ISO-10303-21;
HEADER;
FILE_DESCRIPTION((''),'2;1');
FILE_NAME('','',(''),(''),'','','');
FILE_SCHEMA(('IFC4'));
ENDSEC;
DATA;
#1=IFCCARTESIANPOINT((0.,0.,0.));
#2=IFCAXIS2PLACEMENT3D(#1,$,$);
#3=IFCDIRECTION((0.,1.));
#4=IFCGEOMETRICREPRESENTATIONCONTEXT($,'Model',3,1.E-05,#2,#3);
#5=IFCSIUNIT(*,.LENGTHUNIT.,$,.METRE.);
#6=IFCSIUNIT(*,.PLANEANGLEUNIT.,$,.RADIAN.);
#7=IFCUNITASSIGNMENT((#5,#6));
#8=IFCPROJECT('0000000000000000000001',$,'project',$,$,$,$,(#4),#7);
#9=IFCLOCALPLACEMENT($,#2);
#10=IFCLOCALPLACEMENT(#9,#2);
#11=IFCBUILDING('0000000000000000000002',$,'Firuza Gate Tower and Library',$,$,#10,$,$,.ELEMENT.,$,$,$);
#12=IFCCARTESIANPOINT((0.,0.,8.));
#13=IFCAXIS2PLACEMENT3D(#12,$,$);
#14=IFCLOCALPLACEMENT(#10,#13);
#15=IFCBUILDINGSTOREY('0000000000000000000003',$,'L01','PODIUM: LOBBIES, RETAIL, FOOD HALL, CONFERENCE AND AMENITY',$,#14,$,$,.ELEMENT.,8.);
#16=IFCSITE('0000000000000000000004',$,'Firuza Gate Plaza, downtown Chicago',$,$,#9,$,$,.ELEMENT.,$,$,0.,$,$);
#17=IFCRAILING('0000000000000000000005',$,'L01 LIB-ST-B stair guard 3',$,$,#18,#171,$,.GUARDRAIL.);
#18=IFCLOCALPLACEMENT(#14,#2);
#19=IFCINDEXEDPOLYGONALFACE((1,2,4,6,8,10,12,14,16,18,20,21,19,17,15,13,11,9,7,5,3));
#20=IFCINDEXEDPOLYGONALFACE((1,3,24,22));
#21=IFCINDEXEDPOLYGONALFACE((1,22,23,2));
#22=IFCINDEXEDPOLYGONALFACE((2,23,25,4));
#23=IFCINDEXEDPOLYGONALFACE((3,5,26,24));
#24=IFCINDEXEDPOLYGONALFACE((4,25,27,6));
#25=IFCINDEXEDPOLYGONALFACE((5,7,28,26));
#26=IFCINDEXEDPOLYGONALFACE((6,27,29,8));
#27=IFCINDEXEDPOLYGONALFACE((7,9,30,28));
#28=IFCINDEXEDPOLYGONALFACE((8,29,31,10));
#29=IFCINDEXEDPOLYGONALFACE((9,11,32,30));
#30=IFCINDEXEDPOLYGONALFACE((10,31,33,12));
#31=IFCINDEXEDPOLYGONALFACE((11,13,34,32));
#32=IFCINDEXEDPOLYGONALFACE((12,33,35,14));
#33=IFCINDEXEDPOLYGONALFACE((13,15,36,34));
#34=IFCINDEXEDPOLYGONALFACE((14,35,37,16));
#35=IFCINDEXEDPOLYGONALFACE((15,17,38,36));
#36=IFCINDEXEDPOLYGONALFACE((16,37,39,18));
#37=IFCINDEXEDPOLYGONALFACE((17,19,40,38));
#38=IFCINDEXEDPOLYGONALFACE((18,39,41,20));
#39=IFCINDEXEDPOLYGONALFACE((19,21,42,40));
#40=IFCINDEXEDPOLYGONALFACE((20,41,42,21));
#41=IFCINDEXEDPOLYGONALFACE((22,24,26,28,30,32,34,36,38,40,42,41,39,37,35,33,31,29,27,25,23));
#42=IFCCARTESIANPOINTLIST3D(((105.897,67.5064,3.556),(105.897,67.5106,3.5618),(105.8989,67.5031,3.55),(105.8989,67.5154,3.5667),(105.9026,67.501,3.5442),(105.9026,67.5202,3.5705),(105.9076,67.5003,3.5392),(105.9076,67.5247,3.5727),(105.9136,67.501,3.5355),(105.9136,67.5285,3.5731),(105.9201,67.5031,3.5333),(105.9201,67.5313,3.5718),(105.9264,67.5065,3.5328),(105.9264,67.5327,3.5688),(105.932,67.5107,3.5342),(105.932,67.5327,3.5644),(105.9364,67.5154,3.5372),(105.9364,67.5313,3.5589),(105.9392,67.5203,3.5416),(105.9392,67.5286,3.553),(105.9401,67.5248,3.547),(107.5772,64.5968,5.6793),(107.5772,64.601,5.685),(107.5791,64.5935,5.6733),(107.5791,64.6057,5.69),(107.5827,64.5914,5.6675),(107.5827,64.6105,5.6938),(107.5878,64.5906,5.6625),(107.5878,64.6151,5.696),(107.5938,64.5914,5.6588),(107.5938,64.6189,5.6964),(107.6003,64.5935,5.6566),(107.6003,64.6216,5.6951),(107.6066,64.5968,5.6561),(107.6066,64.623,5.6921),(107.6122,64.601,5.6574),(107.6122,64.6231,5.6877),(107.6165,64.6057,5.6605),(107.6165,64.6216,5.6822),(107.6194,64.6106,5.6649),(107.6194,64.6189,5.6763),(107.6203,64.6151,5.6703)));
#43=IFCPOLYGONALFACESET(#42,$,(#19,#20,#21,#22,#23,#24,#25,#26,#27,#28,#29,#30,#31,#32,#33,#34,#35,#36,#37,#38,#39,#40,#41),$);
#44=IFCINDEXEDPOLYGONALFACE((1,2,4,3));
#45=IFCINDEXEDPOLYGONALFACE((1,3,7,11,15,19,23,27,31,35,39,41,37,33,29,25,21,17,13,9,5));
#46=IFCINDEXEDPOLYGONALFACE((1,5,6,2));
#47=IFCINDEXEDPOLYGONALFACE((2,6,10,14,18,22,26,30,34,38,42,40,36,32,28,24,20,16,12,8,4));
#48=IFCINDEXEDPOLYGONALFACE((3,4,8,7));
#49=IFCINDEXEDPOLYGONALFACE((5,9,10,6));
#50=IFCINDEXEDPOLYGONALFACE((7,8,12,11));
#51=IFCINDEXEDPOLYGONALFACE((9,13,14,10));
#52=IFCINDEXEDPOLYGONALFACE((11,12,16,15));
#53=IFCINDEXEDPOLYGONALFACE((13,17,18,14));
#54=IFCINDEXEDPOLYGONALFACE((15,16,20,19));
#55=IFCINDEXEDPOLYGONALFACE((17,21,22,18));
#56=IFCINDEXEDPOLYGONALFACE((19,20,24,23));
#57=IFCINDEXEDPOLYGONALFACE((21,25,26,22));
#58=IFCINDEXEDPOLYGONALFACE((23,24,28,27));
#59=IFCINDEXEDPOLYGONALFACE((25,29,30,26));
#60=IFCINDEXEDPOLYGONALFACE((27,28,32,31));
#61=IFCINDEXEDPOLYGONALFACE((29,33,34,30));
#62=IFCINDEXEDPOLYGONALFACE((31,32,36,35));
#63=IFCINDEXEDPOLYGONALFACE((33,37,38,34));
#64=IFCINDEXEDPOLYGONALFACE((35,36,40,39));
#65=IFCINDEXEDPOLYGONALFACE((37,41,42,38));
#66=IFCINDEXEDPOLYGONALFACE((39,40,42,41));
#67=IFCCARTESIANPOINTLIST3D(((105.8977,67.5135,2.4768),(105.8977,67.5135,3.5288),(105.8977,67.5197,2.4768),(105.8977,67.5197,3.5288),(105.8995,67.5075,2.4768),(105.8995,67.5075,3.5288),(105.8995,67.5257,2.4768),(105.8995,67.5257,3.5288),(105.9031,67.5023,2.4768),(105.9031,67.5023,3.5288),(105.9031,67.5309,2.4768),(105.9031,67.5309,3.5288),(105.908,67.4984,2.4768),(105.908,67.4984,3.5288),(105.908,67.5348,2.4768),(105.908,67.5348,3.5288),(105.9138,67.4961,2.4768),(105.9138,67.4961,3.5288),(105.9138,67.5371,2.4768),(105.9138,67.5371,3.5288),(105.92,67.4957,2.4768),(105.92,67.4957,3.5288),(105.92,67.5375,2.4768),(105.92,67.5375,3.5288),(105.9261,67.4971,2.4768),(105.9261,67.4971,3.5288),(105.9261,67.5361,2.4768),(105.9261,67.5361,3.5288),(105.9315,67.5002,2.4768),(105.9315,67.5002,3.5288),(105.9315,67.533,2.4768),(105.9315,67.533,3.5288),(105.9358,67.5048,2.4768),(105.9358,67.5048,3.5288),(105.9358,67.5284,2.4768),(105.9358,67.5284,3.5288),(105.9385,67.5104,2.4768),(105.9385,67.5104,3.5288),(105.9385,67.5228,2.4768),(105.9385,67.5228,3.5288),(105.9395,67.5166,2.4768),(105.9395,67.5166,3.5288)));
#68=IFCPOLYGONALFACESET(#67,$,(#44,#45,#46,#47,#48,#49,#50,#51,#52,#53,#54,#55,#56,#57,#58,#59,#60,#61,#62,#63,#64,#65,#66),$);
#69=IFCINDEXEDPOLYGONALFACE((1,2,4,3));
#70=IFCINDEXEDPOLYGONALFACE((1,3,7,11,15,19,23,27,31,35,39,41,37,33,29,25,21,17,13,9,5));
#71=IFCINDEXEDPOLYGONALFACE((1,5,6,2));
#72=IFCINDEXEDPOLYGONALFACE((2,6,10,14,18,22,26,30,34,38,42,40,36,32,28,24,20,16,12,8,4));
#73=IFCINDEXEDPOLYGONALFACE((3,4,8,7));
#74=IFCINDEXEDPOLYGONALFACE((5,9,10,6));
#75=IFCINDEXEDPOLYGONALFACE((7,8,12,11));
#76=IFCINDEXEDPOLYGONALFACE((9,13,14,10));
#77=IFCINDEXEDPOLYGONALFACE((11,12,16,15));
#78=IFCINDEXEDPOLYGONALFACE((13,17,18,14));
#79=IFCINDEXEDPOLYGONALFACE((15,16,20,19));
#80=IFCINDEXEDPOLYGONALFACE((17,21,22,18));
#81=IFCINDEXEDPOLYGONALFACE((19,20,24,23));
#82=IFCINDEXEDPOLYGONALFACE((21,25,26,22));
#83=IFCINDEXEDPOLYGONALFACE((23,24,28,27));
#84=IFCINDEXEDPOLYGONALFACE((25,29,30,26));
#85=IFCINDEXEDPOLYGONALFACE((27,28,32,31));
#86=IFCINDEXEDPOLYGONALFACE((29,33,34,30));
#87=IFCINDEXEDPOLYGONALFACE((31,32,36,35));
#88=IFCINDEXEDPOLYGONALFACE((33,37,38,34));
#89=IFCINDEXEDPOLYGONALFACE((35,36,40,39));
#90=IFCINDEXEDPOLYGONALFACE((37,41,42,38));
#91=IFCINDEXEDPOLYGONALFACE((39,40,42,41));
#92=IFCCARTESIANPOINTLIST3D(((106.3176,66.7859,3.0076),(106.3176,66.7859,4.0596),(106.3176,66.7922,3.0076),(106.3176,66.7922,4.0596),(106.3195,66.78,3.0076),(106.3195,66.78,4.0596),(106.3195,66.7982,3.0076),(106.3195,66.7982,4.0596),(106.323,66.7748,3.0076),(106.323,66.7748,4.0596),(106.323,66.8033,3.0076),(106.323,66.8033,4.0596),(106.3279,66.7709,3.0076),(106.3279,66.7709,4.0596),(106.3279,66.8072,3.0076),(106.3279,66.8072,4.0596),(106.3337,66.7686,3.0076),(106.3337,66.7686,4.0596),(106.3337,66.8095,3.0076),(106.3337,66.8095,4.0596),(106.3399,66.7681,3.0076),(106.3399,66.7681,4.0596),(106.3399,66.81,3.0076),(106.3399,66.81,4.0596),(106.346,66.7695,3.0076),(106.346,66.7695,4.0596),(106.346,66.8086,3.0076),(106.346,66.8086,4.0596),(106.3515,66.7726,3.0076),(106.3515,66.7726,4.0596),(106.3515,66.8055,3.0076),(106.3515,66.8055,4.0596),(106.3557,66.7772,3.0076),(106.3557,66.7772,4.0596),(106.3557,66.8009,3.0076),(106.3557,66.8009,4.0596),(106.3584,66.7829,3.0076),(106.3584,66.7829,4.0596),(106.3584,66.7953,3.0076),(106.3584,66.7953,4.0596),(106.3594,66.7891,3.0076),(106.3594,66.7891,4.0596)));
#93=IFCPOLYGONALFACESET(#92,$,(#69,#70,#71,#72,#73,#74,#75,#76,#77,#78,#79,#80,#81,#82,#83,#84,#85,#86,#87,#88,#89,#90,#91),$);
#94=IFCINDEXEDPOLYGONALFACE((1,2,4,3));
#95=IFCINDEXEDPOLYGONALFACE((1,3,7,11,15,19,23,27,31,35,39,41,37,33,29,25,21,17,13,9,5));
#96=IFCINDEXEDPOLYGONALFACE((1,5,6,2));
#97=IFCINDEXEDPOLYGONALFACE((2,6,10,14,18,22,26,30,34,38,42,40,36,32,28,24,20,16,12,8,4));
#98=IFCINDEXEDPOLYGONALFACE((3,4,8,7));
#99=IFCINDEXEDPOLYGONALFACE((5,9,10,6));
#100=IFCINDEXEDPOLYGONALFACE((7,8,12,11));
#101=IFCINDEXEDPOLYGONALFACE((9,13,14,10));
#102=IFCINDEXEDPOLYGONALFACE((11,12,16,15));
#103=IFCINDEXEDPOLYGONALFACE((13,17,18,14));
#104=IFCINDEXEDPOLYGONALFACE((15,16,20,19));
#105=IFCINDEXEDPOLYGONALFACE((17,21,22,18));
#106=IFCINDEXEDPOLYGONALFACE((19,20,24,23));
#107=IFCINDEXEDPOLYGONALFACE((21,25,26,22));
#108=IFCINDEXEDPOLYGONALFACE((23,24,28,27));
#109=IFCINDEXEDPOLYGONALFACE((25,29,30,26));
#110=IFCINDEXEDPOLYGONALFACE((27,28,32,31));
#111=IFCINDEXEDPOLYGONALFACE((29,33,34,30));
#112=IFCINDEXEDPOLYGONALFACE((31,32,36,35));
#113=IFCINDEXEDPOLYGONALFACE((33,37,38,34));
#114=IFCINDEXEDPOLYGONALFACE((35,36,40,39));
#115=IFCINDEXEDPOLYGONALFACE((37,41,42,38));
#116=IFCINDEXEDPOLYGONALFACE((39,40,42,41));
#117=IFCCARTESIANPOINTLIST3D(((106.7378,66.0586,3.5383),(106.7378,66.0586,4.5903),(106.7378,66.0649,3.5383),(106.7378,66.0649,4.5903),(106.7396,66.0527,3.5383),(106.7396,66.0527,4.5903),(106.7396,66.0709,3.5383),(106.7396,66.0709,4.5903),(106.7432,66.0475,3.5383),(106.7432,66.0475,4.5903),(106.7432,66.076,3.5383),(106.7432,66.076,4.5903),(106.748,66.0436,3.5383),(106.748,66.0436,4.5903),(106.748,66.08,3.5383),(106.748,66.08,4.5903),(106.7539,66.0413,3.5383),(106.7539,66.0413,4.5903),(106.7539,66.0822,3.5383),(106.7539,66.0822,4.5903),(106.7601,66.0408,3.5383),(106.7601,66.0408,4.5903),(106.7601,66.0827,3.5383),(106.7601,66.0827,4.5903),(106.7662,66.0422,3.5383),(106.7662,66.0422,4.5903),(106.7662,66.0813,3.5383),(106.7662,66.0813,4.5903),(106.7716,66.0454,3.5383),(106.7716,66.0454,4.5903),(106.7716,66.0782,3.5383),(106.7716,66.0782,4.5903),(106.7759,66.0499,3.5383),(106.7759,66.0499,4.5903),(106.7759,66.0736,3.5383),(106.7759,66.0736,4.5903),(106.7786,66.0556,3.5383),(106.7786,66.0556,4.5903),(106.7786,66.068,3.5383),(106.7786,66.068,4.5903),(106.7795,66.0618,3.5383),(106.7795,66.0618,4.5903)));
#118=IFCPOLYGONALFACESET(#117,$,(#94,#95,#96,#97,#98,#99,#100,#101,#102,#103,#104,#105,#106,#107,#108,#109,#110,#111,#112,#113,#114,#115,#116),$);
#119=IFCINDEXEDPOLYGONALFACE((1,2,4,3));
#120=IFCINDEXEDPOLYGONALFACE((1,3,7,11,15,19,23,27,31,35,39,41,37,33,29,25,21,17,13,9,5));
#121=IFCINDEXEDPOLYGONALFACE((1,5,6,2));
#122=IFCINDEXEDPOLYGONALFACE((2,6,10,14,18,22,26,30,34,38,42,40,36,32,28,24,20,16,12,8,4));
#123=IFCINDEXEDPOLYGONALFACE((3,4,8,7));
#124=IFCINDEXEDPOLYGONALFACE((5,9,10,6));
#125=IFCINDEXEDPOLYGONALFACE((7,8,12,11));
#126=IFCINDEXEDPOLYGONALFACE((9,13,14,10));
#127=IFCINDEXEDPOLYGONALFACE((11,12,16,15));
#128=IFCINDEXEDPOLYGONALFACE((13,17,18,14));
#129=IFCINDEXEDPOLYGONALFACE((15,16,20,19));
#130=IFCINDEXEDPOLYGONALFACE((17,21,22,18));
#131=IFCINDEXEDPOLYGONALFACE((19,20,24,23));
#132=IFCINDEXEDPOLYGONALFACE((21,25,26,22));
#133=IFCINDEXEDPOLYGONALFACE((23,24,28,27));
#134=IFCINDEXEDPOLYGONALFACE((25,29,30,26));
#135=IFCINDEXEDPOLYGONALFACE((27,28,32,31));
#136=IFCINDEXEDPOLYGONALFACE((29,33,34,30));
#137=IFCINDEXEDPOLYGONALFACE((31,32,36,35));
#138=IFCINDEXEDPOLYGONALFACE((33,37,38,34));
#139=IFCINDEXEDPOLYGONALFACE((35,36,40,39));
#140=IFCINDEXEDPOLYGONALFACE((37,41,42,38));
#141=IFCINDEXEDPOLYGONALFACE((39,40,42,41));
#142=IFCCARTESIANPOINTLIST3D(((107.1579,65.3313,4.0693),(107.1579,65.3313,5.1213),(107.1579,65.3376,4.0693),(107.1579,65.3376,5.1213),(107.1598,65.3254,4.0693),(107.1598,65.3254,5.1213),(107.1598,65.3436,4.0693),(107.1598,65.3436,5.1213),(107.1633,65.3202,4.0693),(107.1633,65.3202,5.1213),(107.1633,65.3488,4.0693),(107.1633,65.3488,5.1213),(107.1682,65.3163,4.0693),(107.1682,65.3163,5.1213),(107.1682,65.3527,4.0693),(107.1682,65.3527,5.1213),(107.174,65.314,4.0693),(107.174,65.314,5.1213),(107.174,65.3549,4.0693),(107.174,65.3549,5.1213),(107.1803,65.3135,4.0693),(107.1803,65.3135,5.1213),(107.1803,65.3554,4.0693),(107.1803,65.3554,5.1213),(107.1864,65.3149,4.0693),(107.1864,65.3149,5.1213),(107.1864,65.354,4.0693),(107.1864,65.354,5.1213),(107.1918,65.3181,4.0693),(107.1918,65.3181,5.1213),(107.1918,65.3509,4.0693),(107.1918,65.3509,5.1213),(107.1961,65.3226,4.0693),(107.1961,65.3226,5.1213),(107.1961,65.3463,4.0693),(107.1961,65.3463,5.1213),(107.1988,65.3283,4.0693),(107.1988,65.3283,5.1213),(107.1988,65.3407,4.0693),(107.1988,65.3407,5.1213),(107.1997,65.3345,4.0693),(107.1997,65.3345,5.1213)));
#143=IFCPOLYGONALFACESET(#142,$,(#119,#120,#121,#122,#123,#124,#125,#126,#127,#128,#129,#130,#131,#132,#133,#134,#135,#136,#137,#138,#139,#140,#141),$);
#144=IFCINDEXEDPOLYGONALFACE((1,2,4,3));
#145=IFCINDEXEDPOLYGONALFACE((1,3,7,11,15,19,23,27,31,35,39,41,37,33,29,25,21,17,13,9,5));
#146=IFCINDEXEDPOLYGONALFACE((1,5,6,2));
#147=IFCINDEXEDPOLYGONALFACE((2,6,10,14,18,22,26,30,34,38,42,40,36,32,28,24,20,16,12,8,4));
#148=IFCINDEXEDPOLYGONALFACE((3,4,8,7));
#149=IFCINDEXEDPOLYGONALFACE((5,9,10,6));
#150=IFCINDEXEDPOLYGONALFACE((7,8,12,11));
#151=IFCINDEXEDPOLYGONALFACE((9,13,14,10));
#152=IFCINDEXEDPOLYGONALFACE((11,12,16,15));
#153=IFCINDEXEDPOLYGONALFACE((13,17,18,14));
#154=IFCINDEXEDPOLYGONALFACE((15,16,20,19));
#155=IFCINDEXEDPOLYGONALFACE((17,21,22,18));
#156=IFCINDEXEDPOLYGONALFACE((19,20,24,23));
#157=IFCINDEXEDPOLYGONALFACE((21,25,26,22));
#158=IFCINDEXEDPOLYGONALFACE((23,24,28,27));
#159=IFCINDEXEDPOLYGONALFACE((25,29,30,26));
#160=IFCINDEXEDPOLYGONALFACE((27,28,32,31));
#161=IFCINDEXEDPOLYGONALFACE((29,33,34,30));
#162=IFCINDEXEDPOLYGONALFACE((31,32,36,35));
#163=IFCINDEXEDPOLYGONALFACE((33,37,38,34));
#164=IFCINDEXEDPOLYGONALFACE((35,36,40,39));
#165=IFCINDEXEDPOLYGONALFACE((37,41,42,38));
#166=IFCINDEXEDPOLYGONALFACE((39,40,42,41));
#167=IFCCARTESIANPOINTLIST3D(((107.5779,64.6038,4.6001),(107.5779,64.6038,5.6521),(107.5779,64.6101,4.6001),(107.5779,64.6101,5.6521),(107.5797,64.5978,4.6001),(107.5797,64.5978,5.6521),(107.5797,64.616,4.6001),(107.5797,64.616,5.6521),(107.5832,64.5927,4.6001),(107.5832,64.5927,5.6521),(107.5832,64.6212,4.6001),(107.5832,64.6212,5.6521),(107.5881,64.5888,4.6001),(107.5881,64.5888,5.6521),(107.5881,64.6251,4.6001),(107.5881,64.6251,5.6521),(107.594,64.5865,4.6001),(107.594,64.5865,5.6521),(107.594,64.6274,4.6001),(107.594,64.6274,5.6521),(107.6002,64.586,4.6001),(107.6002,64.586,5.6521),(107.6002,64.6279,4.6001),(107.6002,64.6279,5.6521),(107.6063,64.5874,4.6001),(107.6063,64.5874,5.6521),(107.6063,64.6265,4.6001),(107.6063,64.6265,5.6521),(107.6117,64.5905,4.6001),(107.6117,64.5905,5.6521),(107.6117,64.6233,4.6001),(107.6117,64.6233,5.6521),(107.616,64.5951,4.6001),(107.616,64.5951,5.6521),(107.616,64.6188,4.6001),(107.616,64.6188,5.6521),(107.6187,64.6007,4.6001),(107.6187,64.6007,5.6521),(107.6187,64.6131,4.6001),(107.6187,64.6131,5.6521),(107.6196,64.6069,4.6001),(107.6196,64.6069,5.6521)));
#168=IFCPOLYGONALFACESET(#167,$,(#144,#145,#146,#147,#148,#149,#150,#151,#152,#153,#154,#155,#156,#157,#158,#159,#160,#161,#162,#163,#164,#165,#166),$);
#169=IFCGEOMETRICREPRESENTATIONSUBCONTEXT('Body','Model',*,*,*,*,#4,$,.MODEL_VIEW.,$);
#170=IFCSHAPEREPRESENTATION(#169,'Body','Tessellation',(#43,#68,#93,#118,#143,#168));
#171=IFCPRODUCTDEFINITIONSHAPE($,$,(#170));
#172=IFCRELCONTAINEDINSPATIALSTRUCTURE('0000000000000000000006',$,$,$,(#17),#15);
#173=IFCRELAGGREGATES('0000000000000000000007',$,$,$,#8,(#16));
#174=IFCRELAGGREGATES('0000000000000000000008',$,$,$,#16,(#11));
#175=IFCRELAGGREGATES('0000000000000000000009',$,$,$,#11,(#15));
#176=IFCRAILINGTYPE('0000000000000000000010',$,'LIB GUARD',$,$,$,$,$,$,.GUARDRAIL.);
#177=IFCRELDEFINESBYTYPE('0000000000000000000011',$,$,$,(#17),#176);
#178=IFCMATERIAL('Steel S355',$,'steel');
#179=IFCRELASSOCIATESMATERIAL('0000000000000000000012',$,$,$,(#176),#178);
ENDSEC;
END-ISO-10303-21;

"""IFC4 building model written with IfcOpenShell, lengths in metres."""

from ifc_helpers import new_model, si_unit, direction, frame, origin, origin_2d, place, context, subcontext, project, spatial, circle, extrude, material, type_object, element, save


model = new_model("IFC4")

# Units and contexts
model_context = context("Model", 3, precision=1e-05, world=origin(), true_north=direction((0.0, 1.0)))
body_context = subcontext(model_context, "Body", "Model", "MODEL_VIEW")
ifc_project = project(units=[si_unit("LENGTHUNIT", "METRE"), si_unit("PLANEANGLEUNIT", "RADIAN")], contexts=[model_context])

# Site, building, storey
site_placement = place(None, origin())
site = spatial("IfcSite", under=ifc_project, at=site_placement, Name="Firuza Gate Plaza, downtown Chicago", CompositionType="ELEMENT", RefElevation=0.0)
building_placement = place(site_placement, origin())
building = spatial("IfcBuilding", under=site, at=building_placement, Name="Firuza Gate Tower and Library", CompositionType="ELEMENT")
storey_placement = place(building_placement, frame((0.0, 0.0, 8.0)))
storey = spatial("IfcBuildingStorey", under=building, at=storey_placement, Name="L01", Description="PODIUM: LOBBIES, RETAIL, FOOD HALL, CONFERENCE AND AMENITY", CompositionType="ELEMENT", Elevation=8.0)

# Railing
ifc_material_1 = material(Name="Steel S355", Category="steel")
railing_type_1 = type_object("IfcRailingType", Name="LIB GUARD", PredefinedType="GUARDRAIL", material=ifc_material_1)
railing_1_placement = place(storey_placement, frame((105.9185, 67.5166, 2.4768)))
element("IfcRailing", 1, at=railing_1_placement, inside=storey, type_object=railing_type_1, Name="L01 LIB-ST-B stair guard 3", PredefinedType="GUARDRAIL", context=body_context, shape_type="SweptSolid", body=[
    extrude(circle(Radius=0.0239, at=origin_2d()), frame((0.0, 0.0, 1.0762), z_axis=(0.422727, -0.732064, 0.534214), x_axis=(0.86599, 0.500062, 0.0)), (0.0, 0.0, 1.0), 3.9746),
    extrude(circle(Radius=0.021, at=origin_2d()), origin(), (0.0, 0.0, 1.0), 1.052),
    extrude(circle(Radius=0.021, at=origin_2d()), frame((0.4199, -0.7275, 0.5308)), (0.0, 0.0, 1.0), 1.052),
    extrude(circle(Radius=0.021, at=origin_2d()), frame((0.8401, -1.4548, 1.0615)), (0.0, 0.0, 1.0), 1.052),
    extrude(circle(Radius=0.021, at=origin_2d()), frame((1.2603, -2.1821, 1.5925)), (0.0, 0.0, 1.0), 1.052),
    extrude(circle(Radius=0.021, at=origin_2d()), frame((1.6802, -2.9097, 2.1233)), (0.0, 0.0, 1.0), 1.052),
])

save(model, "model.ifc")
